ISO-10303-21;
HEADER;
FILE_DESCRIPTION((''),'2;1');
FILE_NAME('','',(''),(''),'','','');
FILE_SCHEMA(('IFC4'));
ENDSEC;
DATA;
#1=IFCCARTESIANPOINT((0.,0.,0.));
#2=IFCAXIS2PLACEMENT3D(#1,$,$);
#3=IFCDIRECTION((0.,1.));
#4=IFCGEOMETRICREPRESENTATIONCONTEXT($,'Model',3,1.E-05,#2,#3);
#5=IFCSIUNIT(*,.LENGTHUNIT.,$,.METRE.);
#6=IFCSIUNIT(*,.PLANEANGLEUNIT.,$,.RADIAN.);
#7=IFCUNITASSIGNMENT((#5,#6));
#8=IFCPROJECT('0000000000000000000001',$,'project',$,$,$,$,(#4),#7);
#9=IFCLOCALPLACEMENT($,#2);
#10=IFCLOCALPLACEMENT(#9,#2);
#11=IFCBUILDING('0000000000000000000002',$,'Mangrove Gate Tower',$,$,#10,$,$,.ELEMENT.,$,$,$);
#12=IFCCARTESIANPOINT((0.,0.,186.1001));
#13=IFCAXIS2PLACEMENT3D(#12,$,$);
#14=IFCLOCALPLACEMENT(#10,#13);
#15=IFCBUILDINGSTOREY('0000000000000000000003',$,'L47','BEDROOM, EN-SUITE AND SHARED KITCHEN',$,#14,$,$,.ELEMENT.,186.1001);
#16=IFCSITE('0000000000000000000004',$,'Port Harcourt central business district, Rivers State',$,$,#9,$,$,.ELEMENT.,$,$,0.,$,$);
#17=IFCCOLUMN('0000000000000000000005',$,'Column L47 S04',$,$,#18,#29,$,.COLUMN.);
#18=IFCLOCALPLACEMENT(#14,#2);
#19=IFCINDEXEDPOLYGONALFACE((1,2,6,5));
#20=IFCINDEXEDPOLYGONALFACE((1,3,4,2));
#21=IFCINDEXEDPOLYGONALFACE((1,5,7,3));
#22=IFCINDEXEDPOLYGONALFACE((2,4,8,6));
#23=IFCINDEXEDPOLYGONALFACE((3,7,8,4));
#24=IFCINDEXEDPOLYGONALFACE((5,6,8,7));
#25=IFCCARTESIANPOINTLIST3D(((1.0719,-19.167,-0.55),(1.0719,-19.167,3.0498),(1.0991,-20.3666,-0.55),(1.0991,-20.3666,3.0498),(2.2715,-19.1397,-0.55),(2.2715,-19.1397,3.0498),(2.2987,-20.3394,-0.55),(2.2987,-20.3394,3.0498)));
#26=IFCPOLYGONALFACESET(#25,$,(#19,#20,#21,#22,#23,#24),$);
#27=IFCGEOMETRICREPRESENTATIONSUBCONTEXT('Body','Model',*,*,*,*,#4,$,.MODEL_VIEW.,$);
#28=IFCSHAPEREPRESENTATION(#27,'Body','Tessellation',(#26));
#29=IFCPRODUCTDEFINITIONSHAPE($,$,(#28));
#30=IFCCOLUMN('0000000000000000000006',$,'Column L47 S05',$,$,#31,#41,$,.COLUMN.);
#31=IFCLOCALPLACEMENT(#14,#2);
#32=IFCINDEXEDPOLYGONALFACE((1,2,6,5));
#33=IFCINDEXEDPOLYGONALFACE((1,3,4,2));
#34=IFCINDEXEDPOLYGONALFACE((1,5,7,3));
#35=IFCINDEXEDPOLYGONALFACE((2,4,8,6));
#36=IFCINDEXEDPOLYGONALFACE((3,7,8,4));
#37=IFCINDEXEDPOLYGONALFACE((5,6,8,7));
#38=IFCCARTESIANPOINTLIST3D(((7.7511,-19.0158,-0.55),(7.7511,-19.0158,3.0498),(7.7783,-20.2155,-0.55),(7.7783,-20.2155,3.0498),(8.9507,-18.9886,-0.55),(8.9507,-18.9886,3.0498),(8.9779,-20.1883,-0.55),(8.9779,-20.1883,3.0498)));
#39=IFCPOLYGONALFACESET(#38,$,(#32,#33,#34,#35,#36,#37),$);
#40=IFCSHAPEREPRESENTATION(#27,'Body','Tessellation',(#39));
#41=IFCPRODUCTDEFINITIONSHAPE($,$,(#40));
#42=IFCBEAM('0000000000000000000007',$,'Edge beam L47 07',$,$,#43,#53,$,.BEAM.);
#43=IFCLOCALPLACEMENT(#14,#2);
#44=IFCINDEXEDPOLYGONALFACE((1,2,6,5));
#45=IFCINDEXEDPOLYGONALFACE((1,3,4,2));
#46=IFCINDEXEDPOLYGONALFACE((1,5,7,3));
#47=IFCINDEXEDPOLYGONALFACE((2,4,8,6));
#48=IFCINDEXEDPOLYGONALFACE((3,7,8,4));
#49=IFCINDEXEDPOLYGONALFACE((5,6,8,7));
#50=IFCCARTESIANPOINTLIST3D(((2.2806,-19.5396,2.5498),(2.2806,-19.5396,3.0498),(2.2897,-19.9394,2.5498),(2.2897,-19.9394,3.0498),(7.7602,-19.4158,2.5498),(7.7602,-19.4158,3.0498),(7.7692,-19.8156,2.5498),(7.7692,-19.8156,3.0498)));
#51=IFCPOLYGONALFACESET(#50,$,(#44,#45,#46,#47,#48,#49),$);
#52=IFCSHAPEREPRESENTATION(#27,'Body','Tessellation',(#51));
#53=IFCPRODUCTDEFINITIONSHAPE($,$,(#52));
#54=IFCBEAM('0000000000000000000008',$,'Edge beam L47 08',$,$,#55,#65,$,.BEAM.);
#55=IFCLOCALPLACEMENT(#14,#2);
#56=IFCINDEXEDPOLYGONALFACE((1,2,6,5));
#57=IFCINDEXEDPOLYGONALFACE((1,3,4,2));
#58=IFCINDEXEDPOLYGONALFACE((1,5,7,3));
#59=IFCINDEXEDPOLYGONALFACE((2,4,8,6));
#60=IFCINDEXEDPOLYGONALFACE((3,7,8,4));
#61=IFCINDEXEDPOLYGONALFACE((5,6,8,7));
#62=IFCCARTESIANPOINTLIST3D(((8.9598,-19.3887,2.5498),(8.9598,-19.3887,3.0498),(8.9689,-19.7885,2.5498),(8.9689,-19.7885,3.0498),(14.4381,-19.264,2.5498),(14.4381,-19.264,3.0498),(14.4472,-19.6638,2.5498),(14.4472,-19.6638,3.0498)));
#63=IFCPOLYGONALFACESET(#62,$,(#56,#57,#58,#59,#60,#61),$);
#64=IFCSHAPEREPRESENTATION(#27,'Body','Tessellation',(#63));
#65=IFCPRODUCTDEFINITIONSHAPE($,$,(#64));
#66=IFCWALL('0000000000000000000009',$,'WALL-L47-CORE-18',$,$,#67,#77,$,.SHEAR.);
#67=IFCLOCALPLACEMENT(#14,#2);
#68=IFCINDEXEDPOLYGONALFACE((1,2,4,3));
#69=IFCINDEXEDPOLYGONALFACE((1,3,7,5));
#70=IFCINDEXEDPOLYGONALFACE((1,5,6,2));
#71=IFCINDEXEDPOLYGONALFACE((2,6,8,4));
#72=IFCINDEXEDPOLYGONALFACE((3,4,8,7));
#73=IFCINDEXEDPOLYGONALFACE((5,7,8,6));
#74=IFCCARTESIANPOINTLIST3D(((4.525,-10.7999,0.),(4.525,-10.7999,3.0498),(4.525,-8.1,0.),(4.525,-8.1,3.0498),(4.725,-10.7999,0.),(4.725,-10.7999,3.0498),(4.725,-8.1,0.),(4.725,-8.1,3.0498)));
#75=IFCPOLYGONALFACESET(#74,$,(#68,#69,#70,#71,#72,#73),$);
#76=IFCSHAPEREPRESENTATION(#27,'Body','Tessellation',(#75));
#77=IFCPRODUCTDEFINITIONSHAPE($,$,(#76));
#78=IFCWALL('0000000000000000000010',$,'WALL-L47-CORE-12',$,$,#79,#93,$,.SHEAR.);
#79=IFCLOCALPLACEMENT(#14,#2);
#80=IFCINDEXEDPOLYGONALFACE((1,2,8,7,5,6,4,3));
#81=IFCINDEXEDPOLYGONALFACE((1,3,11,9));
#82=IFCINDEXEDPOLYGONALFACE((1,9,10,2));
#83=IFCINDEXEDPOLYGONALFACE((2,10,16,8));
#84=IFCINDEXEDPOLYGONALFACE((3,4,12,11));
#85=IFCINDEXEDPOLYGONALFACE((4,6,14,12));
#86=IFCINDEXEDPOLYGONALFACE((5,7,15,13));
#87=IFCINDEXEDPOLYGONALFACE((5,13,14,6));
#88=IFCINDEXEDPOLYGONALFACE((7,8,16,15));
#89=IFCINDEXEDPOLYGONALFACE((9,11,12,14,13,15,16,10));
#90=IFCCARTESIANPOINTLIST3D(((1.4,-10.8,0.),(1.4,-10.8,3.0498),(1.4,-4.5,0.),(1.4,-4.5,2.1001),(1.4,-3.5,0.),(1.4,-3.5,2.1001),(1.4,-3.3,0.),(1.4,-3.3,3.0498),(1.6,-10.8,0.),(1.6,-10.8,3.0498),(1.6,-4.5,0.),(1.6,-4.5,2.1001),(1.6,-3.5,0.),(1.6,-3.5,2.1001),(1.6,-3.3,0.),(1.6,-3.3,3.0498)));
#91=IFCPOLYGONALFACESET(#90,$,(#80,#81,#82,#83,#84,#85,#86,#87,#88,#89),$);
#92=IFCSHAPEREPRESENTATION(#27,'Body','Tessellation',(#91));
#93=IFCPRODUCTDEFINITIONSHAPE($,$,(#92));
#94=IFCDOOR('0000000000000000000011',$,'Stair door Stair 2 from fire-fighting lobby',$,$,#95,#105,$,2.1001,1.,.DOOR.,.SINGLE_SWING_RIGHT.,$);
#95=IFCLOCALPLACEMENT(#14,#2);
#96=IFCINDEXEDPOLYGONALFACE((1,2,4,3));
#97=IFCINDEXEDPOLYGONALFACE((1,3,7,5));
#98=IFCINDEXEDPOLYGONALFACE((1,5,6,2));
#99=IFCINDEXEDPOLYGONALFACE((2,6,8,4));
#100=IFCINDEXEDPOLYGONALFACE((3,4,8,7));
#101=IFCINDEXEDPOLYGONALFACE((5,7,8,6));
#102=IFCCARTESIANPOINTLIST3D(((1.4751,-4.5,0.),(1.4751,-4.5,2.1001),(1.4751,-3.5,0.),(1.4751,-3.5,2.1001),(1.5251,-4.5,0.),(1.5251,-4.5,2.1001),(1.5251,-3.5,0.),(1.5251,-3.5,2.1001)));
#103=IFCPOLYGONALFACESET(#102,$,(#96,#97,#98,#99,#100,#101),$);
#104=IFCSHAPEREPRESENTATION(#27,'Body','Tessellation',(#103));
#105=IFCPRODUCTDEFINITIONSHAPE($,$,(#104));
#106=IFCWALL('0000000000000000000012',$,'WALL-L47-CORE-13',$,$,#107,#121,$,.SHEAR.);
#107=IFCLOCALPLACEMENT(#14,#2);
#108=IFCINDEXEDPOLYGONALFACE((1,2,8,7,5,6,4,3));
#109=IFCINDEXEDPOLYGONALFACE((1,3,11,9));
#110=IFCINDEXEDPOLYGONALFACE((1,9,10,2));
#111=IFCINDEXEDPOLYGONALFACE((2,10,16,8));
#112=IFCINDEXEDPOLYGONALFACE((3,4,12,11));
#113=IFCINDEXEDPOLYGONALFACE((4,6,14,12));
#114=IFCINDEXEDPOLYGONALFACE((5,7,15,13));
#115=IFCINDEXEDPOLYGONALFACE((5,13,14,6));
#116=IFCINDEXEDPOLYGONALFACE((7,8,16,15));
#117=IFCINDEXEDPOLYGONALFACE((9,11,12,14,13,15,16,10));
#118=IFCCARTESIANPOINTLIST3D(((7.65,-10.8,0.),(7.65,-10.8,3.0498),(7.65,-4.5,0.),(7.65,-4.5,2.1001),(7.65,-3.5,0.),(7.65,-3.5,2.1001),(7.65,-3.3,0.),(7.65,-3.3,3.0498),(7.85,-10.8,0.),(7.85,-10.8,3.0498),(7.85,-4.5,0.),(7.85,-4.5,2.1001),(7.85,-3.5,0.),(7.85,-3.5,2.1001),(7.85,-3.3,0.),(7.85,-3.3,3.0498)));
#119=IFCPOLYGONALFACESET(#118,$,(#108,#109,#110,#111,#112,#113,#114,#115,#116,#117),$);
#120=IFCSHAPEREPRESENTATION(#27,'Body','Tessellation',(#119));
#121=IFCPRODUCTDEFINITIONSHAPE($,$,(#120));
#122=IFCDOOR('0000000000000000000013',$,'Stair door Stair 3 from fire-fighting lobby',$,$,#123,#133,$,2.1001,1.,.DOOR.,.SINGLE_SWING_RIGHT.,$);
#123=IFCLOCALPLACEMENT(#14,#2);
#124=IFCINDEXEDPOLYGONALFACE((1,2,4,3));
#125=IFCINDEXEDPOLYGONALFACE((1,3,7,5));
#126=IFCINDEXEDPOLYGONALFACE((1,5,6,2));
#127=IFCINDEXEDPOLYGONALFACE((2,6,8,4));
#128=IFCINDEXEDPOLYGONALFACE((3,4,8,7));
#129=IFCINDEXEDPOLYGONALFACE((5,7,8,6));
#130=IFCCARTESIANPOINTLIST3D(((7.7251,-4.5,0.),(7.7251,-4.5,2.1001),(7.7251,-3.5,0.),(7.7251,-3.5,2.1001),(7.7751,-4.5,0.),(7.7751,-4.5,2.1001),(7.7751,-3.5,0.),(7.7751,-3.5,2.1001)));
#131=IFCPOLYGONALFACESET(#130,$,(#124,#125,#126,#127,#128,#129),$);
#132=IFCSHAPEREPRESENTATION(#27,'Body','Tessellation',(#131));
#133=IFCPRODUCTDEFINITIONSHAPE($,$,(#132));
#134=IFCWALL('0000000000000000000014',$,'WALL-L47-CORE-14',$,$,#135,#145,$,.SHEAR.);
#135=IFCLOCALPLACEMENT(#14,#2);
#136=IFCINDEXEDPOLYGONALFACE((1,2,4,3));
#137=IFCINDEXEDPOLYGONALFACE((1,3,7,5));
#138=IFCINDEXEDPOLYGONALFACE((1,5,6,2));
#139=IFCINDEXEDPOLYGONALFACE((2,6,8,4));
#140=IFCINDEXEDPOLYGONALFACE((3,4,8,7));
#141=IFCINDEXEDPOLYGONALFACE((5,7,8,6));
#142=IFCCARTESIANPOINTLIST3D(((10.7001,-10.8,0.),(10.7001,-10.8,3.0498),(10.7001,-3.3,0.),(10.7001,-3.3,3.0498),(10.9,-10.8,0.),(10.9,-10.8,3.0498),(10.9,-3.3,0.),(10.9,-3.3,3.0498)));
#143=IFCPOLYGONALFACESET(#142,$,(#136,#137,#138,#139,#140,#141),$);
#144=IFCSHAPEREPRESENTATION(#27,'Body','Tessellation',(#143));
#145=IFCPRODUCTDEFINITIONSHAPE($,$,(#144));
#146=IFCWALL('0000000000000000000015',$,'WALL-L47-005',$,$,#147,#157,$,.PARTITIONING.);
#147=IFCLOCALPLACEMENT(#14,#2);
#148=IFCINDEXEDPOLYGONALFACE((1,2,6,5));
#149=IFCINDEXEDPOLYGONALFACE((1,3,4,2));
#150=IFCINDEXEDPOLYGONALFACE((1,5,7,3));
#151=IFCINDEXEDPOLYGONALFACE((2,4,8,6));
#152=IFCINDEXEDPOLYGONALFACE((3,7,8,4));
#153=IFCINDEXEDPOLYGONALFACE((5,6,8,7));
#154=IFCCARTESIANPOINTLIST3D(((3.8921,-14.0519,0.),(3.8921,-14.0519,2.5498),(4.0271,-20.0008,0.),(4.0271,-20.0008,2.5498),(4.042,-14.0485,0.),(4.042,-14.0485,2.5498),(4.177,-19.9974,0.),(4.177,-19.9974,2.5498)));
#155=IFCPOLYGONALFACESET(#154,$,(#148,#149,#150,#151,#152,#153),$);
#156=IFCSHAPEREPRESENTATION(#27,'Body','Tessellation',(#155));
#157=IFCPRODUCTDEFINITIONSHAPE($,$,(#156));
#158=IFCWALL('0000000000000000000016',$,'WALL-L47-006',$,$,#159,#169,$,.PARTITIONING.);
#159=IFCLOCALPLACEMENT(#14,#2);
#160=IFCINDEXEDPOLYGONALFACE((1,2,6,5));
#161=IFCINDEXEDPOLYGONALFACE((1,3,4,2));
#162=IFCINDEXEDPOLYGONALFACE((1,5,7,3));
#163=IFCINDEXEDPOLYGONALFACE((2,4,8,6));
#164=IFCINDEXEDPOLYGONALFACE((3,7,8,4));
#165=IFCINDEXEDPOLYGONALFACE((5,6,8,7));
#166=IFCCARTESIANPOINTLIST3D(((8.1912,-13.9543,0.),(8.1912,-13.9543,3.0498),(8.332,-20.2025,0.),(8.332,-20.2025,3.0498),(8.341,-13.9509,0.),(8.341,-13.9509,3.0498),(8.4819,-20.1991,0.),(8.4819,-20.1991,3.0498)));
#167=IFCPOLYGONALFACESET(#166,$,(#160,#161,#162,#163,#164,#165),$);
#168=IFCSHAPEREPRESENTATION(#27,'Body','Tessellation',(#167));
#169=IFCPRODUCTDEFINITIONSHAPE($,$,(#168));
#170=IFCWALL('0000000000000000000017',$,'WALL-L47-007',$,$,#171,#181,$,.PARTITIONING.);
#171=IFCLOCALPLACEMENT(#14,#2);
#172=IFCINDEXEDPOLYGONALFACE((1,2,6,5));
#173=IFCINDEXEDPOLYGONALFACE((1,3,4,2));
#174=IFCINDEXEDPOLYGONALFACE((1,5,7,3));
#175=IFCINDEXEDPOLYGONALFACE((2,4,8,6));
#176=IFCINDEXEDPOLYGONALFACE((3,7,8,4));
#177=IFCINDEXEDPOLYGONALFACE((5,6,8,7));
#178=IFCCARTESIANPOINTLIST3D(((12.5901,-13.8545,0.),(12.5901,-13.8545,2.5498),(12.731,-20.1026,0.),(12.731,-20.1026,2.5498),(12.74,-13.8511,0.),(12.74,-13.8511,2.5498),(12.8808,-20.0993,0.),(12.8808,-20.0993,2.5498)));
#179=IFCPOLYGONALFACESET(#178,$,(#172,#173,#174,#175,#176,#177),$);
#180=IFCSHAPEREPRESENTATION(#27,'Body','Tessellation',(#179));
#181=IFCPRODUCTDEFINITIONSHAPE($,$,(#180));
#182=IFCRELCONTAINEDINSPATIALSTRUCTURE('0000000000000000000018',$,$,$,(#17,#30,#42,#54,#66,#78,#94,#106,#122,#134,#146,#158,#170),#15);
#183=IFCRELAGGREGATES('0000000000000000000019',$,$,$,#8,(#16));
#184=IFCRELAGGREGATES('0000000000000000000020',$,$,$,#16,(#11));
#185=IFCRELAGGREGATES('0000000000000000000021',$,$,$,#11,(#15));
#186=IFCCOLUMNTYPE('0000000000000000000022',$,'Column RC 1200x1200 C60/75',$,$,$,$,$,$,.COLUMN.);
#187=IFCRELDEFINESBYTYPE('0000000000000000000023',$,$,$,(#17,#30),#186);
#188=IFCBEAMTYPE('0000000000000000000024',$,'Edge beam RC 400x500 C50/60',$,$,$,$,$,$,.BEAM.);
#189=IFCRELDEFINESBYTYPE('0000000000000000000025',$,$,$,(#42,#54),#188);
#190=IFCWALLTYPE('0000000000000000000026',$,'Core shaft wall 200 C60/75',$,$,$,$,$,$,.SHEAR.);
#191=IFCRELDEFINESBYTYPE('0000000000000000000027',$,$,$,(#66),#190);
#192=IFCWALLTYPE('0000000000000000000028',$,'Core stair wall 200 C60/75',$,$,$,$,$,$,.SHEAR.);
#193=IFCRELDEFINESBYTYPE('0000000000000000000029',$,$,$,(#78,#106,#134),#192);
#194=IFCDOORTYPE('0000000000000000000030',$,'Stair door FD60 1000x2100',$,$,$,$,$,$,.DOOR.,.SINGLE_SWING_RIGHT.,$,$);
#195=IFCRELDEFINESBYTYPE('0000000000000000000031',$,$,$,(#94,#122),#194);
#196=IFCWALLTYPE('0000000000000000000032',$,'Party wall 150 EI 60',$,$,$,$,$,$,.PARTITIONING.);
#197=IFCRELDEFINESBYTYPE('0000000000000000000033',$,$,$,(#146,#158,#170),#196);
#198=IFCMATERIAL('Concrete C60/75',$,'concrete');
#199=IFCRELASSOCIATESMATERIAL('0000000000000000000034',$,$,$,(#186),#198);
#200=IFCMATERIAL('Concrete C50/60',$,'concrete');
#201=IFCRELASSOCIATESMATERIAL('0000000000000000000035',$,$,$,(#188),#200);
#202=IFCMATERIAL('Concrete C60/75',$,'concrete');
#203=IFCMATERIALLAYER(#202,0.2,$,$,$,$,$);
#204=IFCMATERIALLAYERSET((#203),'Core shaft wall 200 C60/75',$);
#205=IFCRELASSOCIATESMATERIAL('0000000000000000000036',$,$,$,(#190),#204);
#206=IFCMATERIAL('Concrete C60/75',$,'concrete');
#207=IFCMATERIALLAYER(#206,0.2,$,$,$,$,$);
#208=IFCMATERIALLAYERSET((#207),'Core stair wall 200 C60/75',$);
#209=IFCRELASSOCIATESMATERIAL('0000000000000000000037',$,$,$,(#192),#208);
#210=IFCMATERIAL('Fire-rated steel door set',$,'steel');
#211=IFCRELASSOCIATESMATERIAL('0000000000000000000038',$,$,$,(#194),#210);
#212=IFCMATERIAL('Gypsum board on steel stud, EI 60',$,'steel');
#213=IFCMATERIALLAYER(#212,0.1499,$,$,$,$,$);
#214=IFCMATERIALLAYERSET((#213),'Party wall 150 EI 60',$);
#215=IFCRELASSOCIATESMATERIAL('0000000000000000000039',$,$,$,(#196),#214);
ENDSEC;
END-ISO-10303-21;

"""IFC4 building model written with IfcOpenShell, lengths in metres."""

from ifc_helpers import new_model, si_unit, direction, frame, frame_2d, origin, origin_2d, place, context, subcontext, project, spatial, rectangle, extrude, material, layer, layer_set, material_profile, profile_set, type_object, element, fill, save


model = new_model("IFC4")

# Units and contexts
model_context = context("Model", 3, precision=1e-05, world=origin(), true_north=direction((0.0, 1.0)))
body_context = subcontext(model_context, "Body", "Model", "MODEL_VIEW")
ifc_project = project(units=[si_unit("LENGTHUNIT", "METRE"), si_unit("PLANEANGLEUNIT", "RADIAN")], contexts=[model_context])

# Site, building, storey
site_placement = place(None, origin())
site = spatial("IfcSite", under=ifc_project, at=site_placement, Name="Port Harcourt central business district, Rivers State", CompositionType="ELEMENT", RefElevation=0.0)
building_placement = place(site_placement, origin())
building = spatial("IfcBuilding", under=site, at=building_placement, Name="Mangrove Gate Tower", CompositionType="ELEMENT")
storey_placement = place(building_placement, frame((0.0, 0.0, 186.1001)))
storey = spatial("IfcBuildingStorey", under=building, at=storey_placement, Name="L47", Description="BEDROOM, EN-SUITE AND SHARED KITCHEN", CompositionType="ELEMENT", Elevation=186.1001)

# Columns
ifc_material_1 = material(Name="Concrete C60/75", Category="concrete")
ifc_material_profile_1 = material_profile(ifc_material_1, rectangle(XDim=1.2, YDim=1.2, at=origin_2d()))
ifc_profile_set_1 = profile_set([ifc_material_profile_1], Name="Concrete C60/75")
column_type = type_object("IfcColumnType", Name="Column RC 1200x1200 C60/75", PredefinedType="COLUMN", material=ifc_profile_set_1)
for number, where, z_axis, x_axis, name in (
    (1, (1.6853, -19.7532, -0.55), (0.0, 0.0, 1.0), (0.999743, 0.022679, 0.0), "Column L47 S04"),
    (2, (8.3645, -19.6021, -0.55), (0.0, 0.0, 1.0), (0.999743, 0.022679, 0.0), "Column L47 S05"),
):
    element("IfcColumn", number, at=place(storey_placement, frame(where, z_axis=z_axis, x_axis=x_axis)), inside=storey, type_object=column_type, Name=name, PredefinedType="COLUMN", context=body_context, shape_type="SweptSolid", body=[
        extrude(rectangle(XDim=1.2, YDim=1.2, at=origin_2d()), origin(), (0.0, 0.0, 1.0), 3.5999),
    ])

# Beams
ifc_material_2 = material(Name="Concrete C50/60", Category="concrete")
ifc_material_profile_2 = material_profile(ifc_material_2, rectangle(XDim=0.3999, YDim=0.5, at=origin_2d()))
ifc_profile_set_2 = profile_set([ifc_material_profile_2], Name="Concrete C50/60")
beam_type = type_object("IfcBeamType", Name="Edge beam RC 400x500 C50/60", PredefinedType="BEAM", material=ifc_profile_set_2)
beam_1_placement = place(storey_placement, frame((2.2852, -19.7395, 2.7998), z_axis=(0.999745, 0.022584, 0.0), x_axis=(-0.022584, 0.999745, 0.0)))
element("IfcBeam", 3, at=beam_1_placement, inside=storey, type_object=beam_type, Name="Edge beam L47 07", PredefinedType="BEAM", context=body_context, shape_type="SweptSolid", body=[
    extrude(rectangle(XDim=0.3999, YDim=0.5, at=origin_2d()), origin(), (0.0, 0.0, 1.0), 5.481),
])
beam_2_placement = place(storey_placement, frame((8.9644, -19.5886, 2.7998), z_axis=(0.999741, 0.022767, 0.0), x_axis=(-0.022767, 0.999741, 0.0)))
element("IfcBeam", 4, at=beam_2_placement, inside=storey, type_object=beam_type, Name="Edge beam L47 08", PredefinedType="BEAM", context=body_context, shape_type="SweptSolid", body=[
    extrude(rectangle(XDim=0.3999, YDim=0.5, at=origin_2d()), origin(), (0.0, 0.0, 1.0), 5.4797),
])

# Wall
ifc_material_3 = material(Name="Concrete C60/75", Category="concrete")
ifc_layer_1 = layer(ifc_material_3, 0.2)
ifc_layer_set_1 = layer_set([ifc_layer_1], Name="Core shaft wall 200 C60/75")
wall_type_1 = type_object("IfcWallType", Name="Core shaft wall 200 C60/75", PredefinedType="SHEAR", material=ifc_layer_set_1)
wall_1_placement = place(storey_placement, frame((4.625, -10.8, 0.0), z_axis=(0.0, 0.0, 1.0), x_axis=(0.0, 1.0, 0.0)))
element("IfcWall", 5, at=wall_1_placement, inside=storey, type_object=wall_type_1, Name="WALL-L47-CORE-18", PredefinedType="SHEAR", context=body_context, shape_type="SweptSolid", body=[
    extrude(rectangle(XDim=2.7, YDim=0.2, at=frame_2d((1.3501, 0.0))), origin(), (0.0, 0.0, 1.0), 3.0498),
])

# Walls, openings, doors
ifc_material_4 = material(Name="Concrete C60/75", Category="concrete")
ifc_layer_2 = layer(ifc_material_4, 0.2)
ifc_layer_set_2 = layer_set([ifc_layer_2], Name="Core stair wall 200 C60/75")
wall_type_2 = type_object("IfcWallType", Name="Core stair wall 200 C60/75", PredefinedType="SHEAR", material=ifc_layer_set_2)
wall_2_placement = place(storey_placement, frame((1.5, -10.8, 0.0), z_axis=(0.0, 0.0, 1.0), x_axis=(0.0, 1.0, 0.0)))
wall_2 = element("IfcWall", 6, at=wall_2_placement, inside=storey, type_object=wall_type_2, Name="WALL-L47-CORE-12", PredefinedType="SHEAR", context=body_context, shape_type="SweptSolid", body=[
    extrude(rectangle(XDim=7.5, YDim=0.2, at=frame_2d((3.75, 0.0))), origin(), (0.0, 0.0, 1.0), 3.0498),
])
opening_1_placement = place(wall_2_placement, frame((6.3, 0.0, 0.0)))
opening_1 = element("IfcOpeningElement", 7, at=opening_1_placement, cuts=wall_2, PredefinedType="OPENING", context=body_context, shape_type="SweptSolid", body=[
    extrude(rectangle(XDim=1.0, YDim=2.1001, at=frame_2d((0.5, 1.05))), frame((0.0, 0.1099, 0.0), z_axis=(0.0, -1.0, 0.0), x_axis=(1.0, 0.0, 0.0)), (0.0, 0.0, 1.0), 0.22),
])
ifc_material_5 = material(Name="Fire-rated steel door set", Category="steel")
door_type_1 = type_object("IfcDoorType", Name="Stair door FD60 1000x2100", OperationType="SINGLE_SWING_RIGHT", PredefinedType="DOOR", material=ifc_material_5)
door_1_placement = place(opening_1_placement, origin())
door_1 = element("IfcDoor", 8, at=door_1_placement, inside=storey, type_object=door_type_1, Name="Stair door Stair 2 from fire-fighting lobby", OperationType="SINGLE_SWING_RIGHT", OverallHeight=2.1001, OverallWidth=1.0, PredefinedType="DOOR", context=body_context, shape_type="SweptSolid", body=[
    extrude(rectangle(XDim=1.0, YDim=2.1001, at=frame_2d((0.5, 1.05))), frame((0.0, 0.0249, 0.0), z_axis=(0.0, -1.0, 0.0), x_axis=(1.0, 0.0, 0.0)), (0.0, 0.0, 1.0), 0.05),
])
fill(opening_1, door_1)
wall_3_placement = place(storey_placement, frame((7.75, -10.8, 0.0), z_axis=(0.0, 0.0, 1.0), x_axis=(0.0, 1.0, 0.0)))
wall_3 = element("IfcWall", 9, at=wall_3_placement, inside=storey, type_object=wall_type_2, Name="WALL-L47-CORE-13", PredefinedType="SHEAR", context=body_context, shape_type="SweptSolid", body=[
    extrude(rectangle(XDim=7.5, YDim=0.2, at=frame_2d((3.75, 0.0))), origin(), (0.0, 0.0, 1.0), 3.0498),
])
opening_2_placement = place(wall_3_placement, frame((6.3, 0.0, 0.0)))
opening_2 = element("IfcOpeningElement", 10, at=opening_2_placement, cuts=wall_3, PredefinedType="OPENING", context=body_context, shape_type="SweptSolid", body=[
    extrude(rectangle(XDim=1.0, YDim=2.1001, at=frame_2d((0.5, 1.05))), frame((0.0, 0.1099, 0.0), z_axis=(0.0, -1.0, 0.0), x_axis=(1.0, 0.0, 0.0)), (0.0, 0.0, 1.0), 0.22),
])
door_2_placement = place(opening_2_placement, origin())
door_2 = element("IfcDoor", 11, at=door_2_placement, inside=storey, type_object=door_type_1, Name="Stair door Stair 3 from fire-fighting lobby", OperationType="SINGLE_SWING_RIGHT", OverallHeight=2.1001, OverallWidth=1.0, PredefinedType="DOOR", context=body_context, shape_type="SweptSolid", body=[
    extrude(rectangle(XDim=1.0, YDim=2.1001, at=frame_2d((0.5, 1.05))), frame((0.0, 0.0249, 0.0), z_axis=(0.0, -1.0, 0.0), x_axis=(1.0, 0.0, 0.0)), (0.0, 0.0, 1.0), 0.05),
])
fill(opening_2, door_2)

# Walls
wall_4_placement = place(storey_placement, frame((10.8, -10.8, 0.0), z_axis=(0.0, 0.0, 1.0), x_axis=(0.0, 1.0, 0.0)))
element("IfcWall", 12, at=wall_4_placement, inside=storey, type_object=wall_type_2, Name="WALL-L47-CORE-14", PredefinedType="SHEAR", context=body_context, shape_type="SweptSolid", body=[
    extrude(rectangle(XDim=7.5, YDim=0.2, at=frame_2d((3.75, 0.0))), origin(), (0.0, 0.0, 1.0), 3.0498),
])
ifc_material_6 = material(Name="Gypsum board on steel stud, EI 60", Category="steel")
ifc_layer_3 = layer(ifc_material_6, 0.1499)
ifc_layer_set_3 = layer_set([ifc_layer_3], Name="Party wall 150 EI 60")
wall_type_3 = type_object("IfcWallType", Name="Party wall 150 EI 60", PredefinedType="PARTITIONING", material=ifc_layer_set_3)
wall_5_placement = place(storey_placement, frame((4.1021, -19.999, 0.0), z_axis=(0.0, 0.0, 1.0), x_axis=(-0.022689, 0.999743, 0.0)))
element("IfcWall", 13, at=wall_5_placement, inside=storey, type_object=wall_type_3, Name="WALL-L47-005", PredefinedType="PARTITIONING", context=body_context, shape_type="SweptSolid", body=[
    extrude(rectangle(XDim=5.9504, YDim=0.1499, at=frame_2d((2.9751, 0.0))), origin(), (0.0, 0.0, 1.0), 2.5498),
])
wall_6_placement = place(storey_placement, frame((8.407, -20.2009, 0.0), z_axis=(0.0, 0.0, 1.0), x_axis=(-0.02254, 0.999746, 0.0)))
element("IfcWall", 14, at=wall_6_placement, inside=storey, type_object=wall_type_3, Name="WALL-L47-006", PredefinedType="PARTITIONING", context=body_context, shape_type="SweptSolid", body=[
    extrude(rectangle(XDim=6.2498, YDim=0.1499, at=frame_2d((3.125, 0.0))), origin(), (0.0, 0.0, 1.0), 3.0498),
])
wall_7_placement = place(storey_placement, frame((12.8059, -20.1011, 0.0), z_axis=(0.0, 0.0, 1.0), x_axis=(-0.02254, 0.999746, 0.0)))
element("IfcWall", 15, at=wall_7_placement, inside=storey, type_object=wall_type_3, Name="WALL-L47-007", PredefinedType="PARTITIONING", context=body_context, shape_type="SweptSolid", body=[
    extrude(rectangle(XDim=6.2498, YDim=0.1499, at=frame_2d((3.125, 0.0))), origin(), (0.0, 0.0, 1.0), 2.5498),
])

save(model, "model.ifc")
